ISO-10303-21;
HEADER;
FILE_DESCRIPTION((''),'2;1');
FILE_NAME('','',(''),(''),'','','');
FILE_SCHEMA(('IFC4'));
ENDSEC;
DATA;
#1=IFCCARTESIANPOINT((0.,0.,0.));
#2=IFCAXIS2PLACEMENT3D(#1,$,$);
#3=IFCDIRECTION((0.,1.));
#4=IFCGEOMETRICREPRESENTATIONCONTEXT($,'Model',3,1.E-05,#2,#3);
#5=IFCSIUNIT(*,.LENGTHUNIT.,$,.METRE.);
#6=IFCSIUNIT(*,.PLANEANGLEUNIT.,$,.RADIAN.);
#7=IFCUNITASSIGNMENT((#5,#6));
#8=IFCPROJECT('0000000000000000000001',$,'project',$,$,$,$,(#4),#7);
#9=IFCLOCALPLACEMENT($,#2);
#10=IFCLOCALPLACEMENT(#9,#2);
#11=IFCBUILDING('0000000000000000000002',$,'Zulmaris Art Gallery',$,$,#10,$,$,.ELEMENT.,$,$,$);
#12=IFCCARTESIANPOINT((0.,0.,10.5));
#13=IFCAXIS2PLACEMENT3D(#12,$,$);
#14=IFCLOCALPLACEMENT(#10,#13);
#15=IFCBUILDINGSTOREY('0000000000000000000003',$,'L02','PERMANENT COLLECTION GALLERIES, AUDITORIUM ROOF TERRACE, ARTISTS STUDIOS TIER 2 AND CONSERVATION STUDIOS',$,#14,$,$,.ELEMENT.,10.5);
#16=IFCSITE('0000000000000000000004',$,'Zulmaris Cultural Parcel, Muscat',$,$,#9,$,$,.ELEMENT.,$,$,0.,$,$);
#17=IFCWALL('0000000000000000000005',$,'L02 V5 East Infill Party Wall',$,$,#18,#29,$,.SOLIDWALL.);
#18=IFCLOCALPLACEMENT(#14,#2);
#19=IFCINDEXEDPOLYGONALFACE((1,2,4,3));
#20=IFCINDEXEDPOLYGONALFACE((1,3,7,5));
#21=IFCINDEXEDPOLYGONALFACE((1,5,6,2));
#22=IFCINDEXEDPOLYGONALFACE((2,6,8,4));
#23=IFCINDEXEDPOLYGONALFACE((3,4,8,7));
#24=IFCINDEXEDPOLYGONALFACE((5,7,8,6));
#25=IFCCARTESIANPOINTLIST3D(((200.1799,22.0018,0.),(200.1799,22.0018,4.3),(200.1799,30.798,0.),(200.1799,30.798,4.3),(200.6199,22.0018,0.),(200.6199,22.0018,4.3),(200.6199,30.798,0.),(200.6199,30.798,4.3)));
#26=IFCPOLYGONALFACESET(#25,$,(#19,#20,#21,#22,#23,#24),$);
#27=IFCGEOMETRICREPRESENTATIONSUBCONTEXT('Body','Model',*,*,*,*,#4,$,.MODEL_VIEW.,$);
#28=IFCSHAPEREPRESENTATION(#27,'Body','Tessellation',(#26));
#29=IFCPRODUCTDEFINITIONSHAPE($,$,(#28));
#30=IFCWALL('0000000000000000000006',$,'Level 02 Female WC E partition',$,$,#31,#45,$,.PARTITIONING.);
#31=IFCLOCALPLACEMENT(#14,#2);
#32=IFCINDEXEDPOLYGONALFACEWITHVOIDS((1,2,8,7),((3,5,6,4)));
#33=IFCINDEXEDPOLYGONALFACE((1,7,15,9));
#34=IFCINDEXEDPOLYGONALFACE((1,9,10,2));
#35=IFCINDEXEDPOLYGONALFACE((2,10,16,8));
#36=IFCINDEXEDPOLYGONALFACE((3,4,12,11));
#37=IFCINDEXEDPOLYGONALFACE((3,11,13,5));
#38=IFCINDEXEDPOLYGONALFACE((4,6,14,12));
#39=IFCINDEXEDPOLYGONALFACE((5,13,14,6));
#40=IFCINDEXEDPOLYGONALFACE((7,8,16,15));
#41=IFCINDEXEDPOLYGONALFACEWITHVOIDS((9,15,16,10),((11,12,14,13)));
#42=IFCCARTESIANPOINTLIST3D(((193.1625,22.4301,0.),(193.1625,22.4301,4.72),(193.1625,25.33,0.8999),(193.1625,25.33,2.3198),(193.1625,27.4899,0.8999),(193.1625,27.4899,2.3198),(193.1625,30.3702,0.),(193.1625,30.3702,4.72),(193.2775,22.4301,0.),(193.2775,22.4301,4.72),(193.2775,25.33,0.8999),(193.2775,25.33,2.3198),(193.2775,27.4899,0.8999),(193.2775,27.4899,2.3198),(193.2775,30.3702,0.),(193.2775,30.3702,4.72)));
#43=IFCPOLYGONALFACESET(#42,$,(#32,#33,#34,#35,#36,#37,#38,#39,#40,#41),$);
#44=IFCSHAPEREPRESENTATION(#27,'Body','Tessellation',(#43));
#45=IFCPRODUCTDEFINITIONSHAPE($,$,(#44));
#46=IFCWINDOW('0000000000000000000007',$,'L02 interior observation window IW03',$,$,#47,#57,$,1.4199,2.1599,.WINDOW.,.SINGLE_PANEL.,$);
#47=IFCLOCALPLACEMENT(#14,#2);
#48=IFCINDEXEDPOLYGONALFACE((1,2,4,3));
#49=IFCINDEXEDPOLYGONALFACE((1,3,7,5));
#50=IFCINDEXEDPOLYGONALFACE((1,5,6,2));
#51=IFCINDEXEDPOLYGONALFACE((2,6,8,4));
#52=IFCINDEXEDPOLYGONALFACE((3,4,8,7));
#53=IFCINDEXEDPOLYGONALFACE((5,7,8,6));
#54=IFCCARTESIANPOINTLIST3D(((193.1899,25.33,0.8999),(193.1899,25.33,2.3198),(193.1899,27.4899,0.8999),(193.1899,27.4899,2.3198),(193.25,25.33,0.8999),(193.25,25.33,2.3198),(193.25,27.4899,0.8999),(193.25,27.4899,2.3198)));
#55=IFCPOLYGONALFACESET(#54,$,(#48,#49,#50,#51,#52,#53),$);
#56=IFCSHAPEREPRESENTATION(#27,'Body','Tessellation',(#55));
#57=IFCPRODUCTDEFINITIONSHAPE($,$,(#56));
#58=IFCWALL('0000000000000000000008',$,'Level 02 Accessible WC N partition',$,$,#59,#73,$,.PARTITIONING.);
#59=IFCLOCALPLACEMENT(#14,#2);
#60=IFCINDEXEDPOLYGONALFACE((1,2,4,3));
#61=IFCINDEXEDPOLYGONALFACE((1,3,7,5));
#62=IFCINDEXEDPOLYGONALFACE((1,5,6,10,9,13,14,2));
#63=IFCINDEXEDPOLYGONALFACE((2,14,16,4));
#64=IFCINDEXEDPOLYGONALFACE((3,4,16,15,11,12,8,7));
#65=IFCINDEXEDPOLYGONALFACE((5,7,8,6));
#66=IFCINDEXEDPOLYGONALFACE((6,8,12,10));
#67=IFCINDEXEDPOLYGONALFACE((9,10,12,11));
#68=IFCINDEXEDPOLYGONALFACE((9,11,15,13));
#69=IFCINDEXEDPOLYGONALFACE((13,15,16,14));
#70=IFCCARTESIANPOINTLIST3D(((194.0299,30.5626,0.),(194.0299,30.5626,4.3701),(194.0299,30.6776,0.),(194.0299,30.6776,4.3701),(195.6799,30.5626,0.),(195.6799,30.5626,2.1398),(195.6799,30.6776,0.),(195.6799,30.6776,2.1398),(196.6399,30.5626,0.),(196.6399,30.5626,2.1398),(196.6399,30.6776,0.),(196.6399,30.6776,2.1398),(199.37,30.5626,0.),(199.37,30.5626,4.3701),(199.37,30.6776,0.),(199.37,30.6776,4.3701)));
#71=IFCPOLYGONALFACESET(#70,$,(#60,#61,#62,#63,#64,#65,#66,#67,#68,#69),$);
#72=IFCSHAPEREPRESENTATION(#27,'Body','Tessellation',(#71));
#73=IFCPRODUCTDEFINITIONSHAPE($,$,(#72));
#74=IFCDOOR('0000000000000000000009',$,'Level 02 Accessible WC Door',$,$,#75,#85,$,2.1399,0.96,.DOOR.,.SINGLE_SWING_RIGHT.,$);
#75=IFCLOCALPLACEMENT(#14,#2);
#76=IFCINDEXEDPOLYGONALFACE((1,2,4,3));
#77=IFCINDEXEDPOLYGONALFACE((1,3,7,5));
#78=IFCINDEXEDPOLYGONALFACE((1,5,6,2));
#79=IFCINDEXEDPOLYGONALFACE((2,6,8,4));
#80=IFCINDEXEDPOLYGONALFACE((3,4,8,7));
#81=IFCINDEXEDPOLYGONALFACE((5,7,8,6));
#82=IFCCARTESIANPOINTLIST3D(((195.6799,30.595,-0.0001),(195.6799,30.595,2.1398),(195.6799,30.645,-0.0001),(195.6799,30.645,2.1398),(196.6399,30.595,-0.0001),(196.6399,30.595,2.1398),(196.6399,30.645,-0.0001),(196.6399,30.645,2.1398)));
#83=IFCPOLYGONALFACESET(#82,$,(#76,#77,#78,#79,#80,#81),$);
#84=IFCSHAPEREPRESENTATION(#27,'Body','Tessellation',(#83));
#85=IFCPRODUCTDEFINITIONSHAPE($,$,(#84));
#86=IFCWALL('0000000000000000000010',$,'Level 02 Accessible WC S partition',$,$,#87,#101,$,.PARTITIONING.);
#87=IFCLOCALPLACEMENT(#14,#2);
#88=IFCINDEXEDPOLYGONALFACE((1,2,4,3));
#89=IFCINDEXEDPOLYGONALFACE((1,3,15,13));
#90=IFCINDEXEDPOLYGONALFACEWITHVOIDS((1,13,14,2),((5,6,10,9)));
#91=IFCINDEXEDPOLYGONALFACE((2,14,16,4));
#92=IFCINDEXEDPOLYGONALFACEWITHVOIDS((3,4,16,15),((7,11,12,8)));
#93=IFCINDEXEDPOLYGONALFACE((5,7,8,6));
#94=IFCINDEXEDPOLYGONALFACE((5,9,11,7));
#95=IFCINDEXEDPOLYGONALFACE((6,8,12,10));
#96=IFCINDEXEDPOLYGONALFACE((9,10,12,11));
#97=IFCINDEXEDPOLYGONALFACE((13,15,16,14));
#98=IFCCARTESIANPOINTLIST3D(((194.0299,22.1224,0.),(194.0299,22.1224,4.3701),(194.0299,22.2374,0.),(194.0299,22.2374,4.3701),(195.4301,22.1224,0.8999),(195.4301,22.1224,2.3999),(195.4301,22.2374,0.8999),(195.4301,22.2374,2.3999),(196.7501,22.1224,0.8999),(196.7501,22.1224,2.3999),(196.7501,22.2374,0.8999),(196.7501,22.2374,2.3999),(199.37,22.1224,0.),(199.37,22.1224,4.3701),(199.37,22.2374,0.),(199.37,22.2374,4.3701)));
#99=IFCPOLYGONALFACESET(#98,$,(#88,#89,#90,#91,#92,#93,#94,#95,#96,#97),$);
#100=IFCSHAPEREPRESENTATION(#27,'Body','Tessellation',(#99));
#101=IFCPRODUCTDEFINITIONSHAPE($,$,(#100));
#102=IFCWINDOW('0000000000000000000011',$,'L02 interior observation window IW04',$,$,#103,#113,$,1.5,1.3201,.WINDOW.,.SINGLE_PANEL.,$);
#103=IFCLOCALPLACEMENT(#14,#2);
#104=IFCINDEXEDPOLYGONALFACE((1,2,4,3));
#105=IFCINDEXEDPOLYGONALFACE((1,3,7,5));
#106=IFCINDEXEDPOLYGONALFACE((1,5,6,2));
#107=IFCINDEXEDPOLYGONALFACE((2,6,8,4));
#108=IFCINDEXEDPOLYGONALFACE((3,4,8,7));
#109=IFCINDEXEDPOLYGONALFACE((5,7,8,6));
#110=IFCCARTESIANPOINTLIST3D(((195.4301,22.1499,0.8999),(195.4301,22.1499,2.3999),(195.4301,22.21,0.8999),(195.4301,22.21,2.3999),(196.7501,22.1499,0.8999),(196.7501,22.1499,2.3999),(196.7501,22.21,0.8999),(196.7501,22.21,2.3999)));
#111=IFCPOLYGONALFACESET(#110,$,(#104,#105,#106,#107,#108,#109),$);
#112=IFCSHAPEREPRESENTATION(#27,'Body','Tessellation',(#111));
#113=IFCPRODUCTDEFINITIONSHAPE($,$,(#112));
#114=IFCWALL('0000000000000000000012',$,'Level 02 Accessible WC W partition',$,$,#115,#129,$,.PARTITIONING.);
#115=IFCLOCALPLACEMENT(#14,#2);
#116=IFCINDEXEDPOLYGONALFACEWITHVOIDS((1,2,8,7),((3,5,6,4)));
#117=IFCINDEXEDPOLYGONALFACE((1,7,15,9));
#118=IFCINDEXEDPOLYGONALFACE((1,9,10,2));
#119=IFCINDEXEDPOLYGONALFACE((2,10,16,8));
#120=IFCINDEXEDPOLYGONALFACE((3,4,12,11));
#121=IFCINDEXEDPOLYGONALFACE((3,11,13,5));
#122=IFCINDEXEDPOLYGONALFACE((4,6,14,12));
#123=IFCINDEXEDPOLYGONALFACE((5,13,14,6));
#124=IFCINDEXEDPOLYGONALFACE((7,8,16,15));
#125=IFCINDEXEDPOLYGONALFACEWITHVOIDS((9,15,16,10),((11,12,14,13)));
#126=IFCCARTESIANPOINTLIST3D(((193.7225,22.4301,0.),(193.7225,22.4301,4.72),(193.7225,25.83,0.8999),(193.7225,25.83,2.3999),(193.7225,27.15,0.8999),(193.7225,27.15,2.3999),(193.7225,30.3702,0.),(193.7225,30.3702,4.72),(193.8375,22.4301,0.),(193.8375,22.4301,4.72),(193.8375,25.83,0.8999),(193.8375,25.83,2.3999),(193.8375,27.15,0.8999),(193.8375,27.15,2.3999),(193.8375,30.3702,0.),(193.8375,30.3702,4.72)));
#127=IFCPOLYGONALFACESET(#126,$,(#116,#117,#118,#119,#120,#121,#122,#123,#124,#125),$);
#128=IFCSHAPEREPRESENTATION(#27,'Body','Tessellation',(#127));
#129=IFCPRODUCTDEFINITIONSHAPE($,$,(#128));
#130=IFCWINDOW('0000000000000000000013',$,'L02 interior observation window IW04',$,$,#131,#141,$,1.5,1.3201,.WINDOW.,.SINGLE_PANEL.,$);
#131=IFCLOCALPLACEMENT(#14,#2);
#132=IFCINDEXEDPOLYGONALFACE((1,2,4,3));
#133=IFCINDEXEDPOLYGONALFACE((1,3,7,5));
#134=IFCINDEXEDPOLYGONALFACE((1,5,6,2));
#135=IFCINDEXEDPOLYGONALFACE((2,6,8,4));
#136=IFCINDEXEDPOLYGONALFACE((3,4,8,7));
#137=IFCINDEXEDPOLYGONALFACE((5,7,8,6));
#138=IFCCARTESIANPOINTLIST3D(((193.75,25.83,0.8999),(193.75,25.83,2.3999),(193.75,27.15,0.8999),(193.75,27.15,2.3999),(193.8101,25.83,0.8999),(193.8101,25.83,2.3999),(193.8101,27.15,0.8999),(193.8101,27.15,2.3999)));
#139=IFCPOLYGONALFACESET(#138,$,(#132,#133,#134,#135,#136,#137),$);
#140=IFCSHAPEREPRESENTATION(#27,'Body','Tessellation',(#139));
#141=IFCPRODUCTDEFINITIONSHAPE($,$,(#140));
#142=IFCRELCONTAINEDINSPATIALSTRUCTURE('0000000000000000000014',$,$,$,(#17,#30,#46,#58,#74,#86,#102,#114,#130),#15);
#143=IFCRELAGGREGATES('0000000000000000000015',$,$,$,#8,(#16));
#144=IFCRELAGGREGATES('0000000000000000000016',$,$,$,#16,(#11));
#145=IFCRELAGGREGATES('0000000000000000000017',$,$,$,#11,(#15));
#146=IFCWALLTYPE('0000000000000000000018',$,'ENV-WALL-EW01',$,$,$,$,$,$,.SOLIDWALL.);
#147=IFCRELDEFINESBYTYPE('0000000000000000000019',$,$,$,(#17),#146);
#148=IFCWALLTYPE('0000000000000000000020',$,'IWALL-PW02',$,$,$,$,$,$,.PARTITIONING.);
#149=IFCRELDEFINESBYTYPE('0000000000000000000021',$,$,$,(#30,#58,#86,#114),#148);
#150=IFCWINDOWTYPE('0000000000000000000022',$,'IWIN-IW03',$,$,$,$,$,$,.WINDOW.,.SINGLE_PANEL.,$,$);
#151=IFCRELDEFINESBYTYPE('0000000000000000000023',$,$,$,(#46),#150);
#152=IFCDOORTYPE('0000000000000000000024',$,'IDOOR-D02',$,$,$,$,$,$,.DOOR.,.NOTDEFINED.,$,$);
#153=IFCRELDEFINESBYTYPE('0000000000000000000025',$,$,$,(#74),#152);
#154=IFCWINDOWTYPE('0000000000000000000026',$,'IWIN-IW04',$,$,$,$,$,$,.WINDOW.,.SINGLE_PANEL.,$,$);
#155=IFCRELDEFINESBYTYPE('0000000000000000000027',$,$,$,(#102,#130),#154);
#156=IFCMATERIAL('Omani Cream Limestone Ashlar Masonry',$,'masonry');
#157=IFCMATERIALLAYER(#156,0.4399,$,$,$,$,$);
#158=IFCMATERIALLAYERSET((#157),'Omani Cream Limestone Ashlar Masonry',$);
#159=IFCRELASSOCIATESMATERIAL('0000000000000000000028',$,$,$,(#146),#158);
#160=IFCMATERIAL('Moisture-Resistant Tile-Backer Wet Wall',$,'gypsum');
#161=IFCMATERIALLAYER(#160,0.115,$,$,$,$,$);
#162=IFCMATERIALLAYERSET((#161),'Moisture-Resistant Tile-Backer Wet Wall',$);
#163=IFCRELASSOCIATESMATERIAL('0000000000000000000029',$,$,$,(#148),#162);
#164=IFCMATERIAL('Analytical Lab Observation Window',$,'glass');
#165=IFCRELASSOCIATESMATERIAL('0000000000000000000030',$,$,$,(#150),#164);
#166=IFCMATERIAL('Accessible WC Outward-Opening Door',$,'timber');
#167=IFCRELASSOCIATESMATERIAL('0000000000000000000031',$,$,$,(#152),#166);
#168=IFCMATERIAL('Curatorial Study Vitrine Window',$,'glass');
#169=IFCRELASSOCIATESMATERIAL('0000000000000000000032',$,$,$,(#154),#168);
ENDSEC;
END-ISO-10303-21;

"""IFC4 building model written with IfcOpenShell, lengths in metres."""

from ifc_helpers import new_model, si_unit, direction, frame, frame_2d, origin, place, context, subcontext, project, spatial, rectangle, extrude, material, layer, layer_set, type_object, element, fill, save


model = new_model("IFC4")

# Units and contexts
model_context = context("Model", 3, precision=1e-05, world=origin(), true_north=direction((0.0, 1.0)))
body_context = subcontext(model_context, "Body", "Model", "MODEL_VIEW")
ifc_project = project(units=[si_unit("LENGTHUNIT", "METRE"), si_unit("PLANEANGLEUNIT", "RADIAN")], contexts=[model_context])

# Site, building, storey
site_placement = place(None, origin())
site = spatial("IfcSite", under=ifc_project, at=site_placement, Name="Zulmaris Cultural Parcel, Muscat", CompositionType="ELEMENT", RefElevation=0.0)
building_placement = place(site_placement, origin())
building = spatial("IfcBuilding", under=site, at=building_placement, Name="Zulmaris Art Gallery", CompositionType="ELEMENT")
storey_placement = place(building_placement, frame((0.0, 0.0, 10.5)))
storey = spatial("IfcBuildingStorey", under=building, at=storey_placement, Name="L02", Description="PERMANENT COLLECTION GALLERIES, AUDITORIUM ROOF TERRACE, ARTISTS STUDIOS TIER 2 AND CONSERVATION STUDIOS", CompositionType="ELEMENT", Elevation=10.5)

# Wall
ifc_material_1 = material(Name="Omani Cream Limestone Ashlar Masonry", Category="masonry")
ifc_layer_1 = layer(ifc_material_1, 0.4399)
ifc_layer_set_1 = layer_set([ifc_layer_1], Name="Omani Cream Limestone Ashlar Masonry")
wall_type_1 = type_object("IfcWallType", Name="ENV-WALL-EW01", PredefinedType="SOLIDWALL", material=ifc_layer_set_1)
wall_1_placement = place(storey_placement, frame((200.3999, 22.002, 0.0), z_axis=(0.0, 0.0, 1.0), x_axis=(0.0, 1.0, 0.0)))
element("IfcWall", 1, at=wall_1_placement, inside=storey, type_object=wall_type_1, Name="L02 V5 East Infill Party Wall", PredefinedType="SOLIDWALL", context=body_context, shape_type="SweptSolid", body=[
    extrude(rectangle(XDim=8.7961, YDim=0.4399, at=frame_2d((4.3979, 0.0))), origin(), (0.0, 0.0, 1.0), 4.3),
])

# Wall, opening, window
ifc_material_2 = material(Name="Moisture-Resistant Tile-Backer Wet Wall", Category="gypsum")
ifc_layer_2 = layer(ifc_material_2, 0.115)
ifc_layer_set_2 = layer_set([ifc_layer_2], Name="Moisture-Resistant Tile-Backer Wet Wall")
wall_type_2 = type_object("IfcWallType", Name="IWALL-PW02", PredefinedType="PARTITIONING", material=ifc_layer_set_2)
wall_2_placement = place(storey_placement, frame((193.22, 22.4299, 0.0), z_axis=(0.0, 0.0, 1.0), x_axis=(0.0, 1.0, 0.0)))
wall_2 = element("IfcWall", 2, at=wall_2_placement, inside=storey, type_object=wall_type_2, Name="Level 02 Female WC E partition", PredefinedType="PARTITIONING", context=body_context, shape_type="SweptSolid", body=[
    extrude(rectangle(XDim=7.9402, YDim=0.115, at=frame_2d((3.9702, 0.0))), origin(), (0.0, 0.0, 1.0), 4.72),
])
opening_1_placement = place(wall_2_placement, frame((2.8999, 0.0, 0.8999)))
opening_1 = element("IfcOpeningElement", 3, at=opening_1_placement, cuts=wall_2, PredefinedType="OPENING", context=body_context, shape_type="SweptSolid", body=[
    extrude(rectangle(XDim=2.1599, YDim=1.4199, at=frame_2d((1.0801, 0.71))), frame((0.0, 0.0674, 0.0), z_axis=(0.0, -1.0, 0.0), x_axis=(1.0, 0.0, 0.0)), (0.0, 0.0, 1.0), 0.135),
])
ifc_material_3 = material(Name="Analytical Lab Observation Window", Category="glass")
window_type_1 = type_object("IfcWindowType", Name="IWIN-IW03", PartitioningType="SINGLE_PANEL", PredefinedType="WINDOW", material=ifc_material_3)
window_1_placement = place(opening_1_placement, origin())
window_1 = element("IfcWindow", 4, at=window_1_placement, inside=storey, type_object=window_type_1, Name="L02 interior observation window IW03", OverallHeight=1.4199, OverallWidth=2.1599, PartitioningType="SINGLE_PANEL", PredefinedType="WINDOW", context=body_context, shape_type="SweptSolid", body=[
    extrude(rectangle(XDim=2.1599, YDim=1.4199, at=frame_2d((1.0801, 0.71))), frame((0.0, 0.03, 0.0), z_axis=(0.0, -1.0, 0.0), x_axis=(1.0, 0.0, 0.0)), (0.0, 0.0, 1.0), 0.0601),
])
fill(opening_1, window_1)

# Wall, opening, door
wall_3_placement = place(storey_placement, frame((194.03, 30.6201, 0.0), z_axis=(0.0, 0.0, 1.0), x_axis=(1.0, 0.0, 0.0)))
wall_3 = element("IfcWall", 5, at=wall_3_placement, inside=storey, type_object=wall_type_2, Name="Level 02 Accessible WC N partition", PredefinedType="PARTITIONING", context=body_context, shape_type="SweptSolid", body=[
    extrude(rectangle(XDim=5.3401, YDim=0.115, at=frame_2d((2.6699, 0.0))), origin(), (0.0, 0.0, 1.0), 4.3701),
])
opening_2_placement = place(wall_3_placement, frame((1.6499, 0.0, 0.0)))
opening_2 = element("IfcOpeningElement", 6, at=opening_2_placement, cuts=wall_3, PredefinedType="OPENING", context=body_context, shape_type="SweptSolid", body=[
    extrude(rectangle(XDim=0.96, YDim=2.1399, at=frame_2d((0.48, 1.0698))), frame((0.0, 0.0674, 0.0), z_axis=(0.0, -1.0, 0.0), x_axis=(1.0, 0.0, 0.0)), (0.0, 0.0, 1.0), 0.135),
])
ifc_material_4 = material(Name="Accessible WC Outward-Opening Door", Category="timber")
door_type = type_object("IfcDoorType", Name="IDOOR-D02", OperationType="NOTDEFINED", PredefinedType="DOOR", material=ifc_material_4)
door_placement = place(opening_2_placement, origin())
door = element("IfcDoor", 7, at=door_placement, inside=storey, type_object=door_type, Name="Level 02 Accessible WC Door", OperationType="SINGLE_SWING_RIGHT", OverallHeight=2.1399, OverallWidth=0.96, PredefinedType="DOOR", context=body_context, shape_type="SweptSolid", body=[
    extrude(rectangle(XDim=0.96, YDim=2.1399, at=frame_2d((0.48, 1.0698))), frame((0.0, 0.0249, 0.0), z_axis=(0.0, -1.0, 0.0), x_axis=(1.0, 0.0, 0.0)), (0.0, 0.0, 1.0), 0.05),
])
fill(opening_2, door)

# Walls, openings, windows
wall_4_placement = place(storey_placement, frame((194.03, 22.1799, 0.0), z_axis=(0.0, 0.0, 1.0), x_axis=(1.0, 0.0, 0.0)))
wall_4 = element("IfcWall", 8, at=wall_4_placement, inside=storey, type_object=wall_type_2, Name="Level 02 Accessible WC S partition", PredefinedType="PARTITIONING", context=body_context, shape_type="SweptSolid", body=[
    extrude(rectangle(XDim=5.3401, YDim=0.115, at=frame_2d((2.6699, 0.0))), origin(), (0.0, 0.0, 1.0), 4.3701),
])
opening_3_placement = place(wall_4_placement, frame((1.3999, 0.0, 0.8999)))
opening_3 = element("IfcOpeningElement", 9, at=opening_3_placement, cuts=wall_4, PredefinedType="OPENING", context=body_context, shape_type="SweptSolid", body=[
    extrude(rectangle(XDim=1.3201, YDim=1.5, at=frame_2d((0.6602, 0.75))), frame((0.0, 0.0674, 0.0), z_axis=(0.0, -1.0, 0.0), x_axis=(1.0, 0.0, 0.0)), (0.0, 0.0, 1.0), 0.135),
])
ifc_material_5 = material(Name="Curatorial Study Vitrine Window", Category="glass")
window_type_2 = type_object("IfcWindowType", Name="IWIN-IW04", PartitioningType="SINGLE_PANEL", PredefinedType="WINDOW", material=ifc_material_5)
window_2_placement = place(opening_3_placement, origin())
window_2 = element("IfcWindow", 10, at=window_2_placement, inside=storey, type_object=window_type_2, Name="L02 interior observation window IW04", OverallHeight=1.5, OverallWidth=1.3201, PartitioningType="SINGLE_PANEL", PredefinedType="WINDOW", context=body_context, shape_type="SweptSolid", body=[
    extrude(rectangle(XDim=1.3201, YDim=1.5, at=frame_2d((0.6602, 0.75))), frame((0.0, 0.03, 0.0), z_axis=(0.0, -1.0, 0.0), x_axis=(1.0, 0.0, 0.0)), (0.0, 0.0, 1.0), 0.0601),
])
fill(opening_3, window_2)
wall_5_placement = place(storey_placement, frame((193.78, 22.4299, 0.0), z_axis=(0.0, 0.0, 1.0), x_axis=(0.0, 1.0, 0.0)))
wall_5 = element("IfcWall", 11, at=wall_5_placement, inside=storey, type_object=wall_type_2, Name="Level 02 Accessible WC W partition", PredefinedType="PARTITIONING", context=body_context, shape_type="SweptSolid", body=[
    extrude(rectangle(XDim=7.9402, YDim=0.115, at=frame_2d((3.9702, 0.0))), origin(), (0.0, 0.0, 1.0), 4.72),
])
opening_4_placement = place(wall_5_placement, frame((3.3999, 0.0, 0.8999)))
opening_4 = element("IfcOpeningElement", 12, at=opening_4_placement, cuts=wall_5, PredefinedType="OPENING", context=body_context, shape_type="SweptSolid", body=[
    extrude(rectangle(XDim=1.3201, YDim=1.5, at=frame_2d((0.6602, 0.75))), frame((0.0, 0.0674, 0.0), z_axis=(0.0, -1.0, 0.0), x_axis=(1.0, 0.0, 0.0)), (0.0, 0.0, 1.0), 0.135),
])
window_3_placement = place(opening_4_placement, origin())
window_3 = element("IfcWindow", 13, at=window_3_placement, inside=storey, type_object=window_type_2, Name="L02 interior observation window IW04", OverallHeight=1.5, OverallWidth=1.3201, PartitioningType="SINGLE_PANEL", PredefinedType="WINDOW", context=body_context, shape_type="SweptSolid", body=[
    extrude(rectangle(XDim=1.3201, YDim=1.5, at=frame_2d((0.6602, 0.75))), frame((0.0, 0.03, 0.0), z_axis=(0.0, -1.0, 0.0), x_axis=(1.0, 0.0, 0.0)), (0.0, 0.0, 1.0), 0.0601),
])
fill(opening_4, window_3)

save(model, "model.ifc")
